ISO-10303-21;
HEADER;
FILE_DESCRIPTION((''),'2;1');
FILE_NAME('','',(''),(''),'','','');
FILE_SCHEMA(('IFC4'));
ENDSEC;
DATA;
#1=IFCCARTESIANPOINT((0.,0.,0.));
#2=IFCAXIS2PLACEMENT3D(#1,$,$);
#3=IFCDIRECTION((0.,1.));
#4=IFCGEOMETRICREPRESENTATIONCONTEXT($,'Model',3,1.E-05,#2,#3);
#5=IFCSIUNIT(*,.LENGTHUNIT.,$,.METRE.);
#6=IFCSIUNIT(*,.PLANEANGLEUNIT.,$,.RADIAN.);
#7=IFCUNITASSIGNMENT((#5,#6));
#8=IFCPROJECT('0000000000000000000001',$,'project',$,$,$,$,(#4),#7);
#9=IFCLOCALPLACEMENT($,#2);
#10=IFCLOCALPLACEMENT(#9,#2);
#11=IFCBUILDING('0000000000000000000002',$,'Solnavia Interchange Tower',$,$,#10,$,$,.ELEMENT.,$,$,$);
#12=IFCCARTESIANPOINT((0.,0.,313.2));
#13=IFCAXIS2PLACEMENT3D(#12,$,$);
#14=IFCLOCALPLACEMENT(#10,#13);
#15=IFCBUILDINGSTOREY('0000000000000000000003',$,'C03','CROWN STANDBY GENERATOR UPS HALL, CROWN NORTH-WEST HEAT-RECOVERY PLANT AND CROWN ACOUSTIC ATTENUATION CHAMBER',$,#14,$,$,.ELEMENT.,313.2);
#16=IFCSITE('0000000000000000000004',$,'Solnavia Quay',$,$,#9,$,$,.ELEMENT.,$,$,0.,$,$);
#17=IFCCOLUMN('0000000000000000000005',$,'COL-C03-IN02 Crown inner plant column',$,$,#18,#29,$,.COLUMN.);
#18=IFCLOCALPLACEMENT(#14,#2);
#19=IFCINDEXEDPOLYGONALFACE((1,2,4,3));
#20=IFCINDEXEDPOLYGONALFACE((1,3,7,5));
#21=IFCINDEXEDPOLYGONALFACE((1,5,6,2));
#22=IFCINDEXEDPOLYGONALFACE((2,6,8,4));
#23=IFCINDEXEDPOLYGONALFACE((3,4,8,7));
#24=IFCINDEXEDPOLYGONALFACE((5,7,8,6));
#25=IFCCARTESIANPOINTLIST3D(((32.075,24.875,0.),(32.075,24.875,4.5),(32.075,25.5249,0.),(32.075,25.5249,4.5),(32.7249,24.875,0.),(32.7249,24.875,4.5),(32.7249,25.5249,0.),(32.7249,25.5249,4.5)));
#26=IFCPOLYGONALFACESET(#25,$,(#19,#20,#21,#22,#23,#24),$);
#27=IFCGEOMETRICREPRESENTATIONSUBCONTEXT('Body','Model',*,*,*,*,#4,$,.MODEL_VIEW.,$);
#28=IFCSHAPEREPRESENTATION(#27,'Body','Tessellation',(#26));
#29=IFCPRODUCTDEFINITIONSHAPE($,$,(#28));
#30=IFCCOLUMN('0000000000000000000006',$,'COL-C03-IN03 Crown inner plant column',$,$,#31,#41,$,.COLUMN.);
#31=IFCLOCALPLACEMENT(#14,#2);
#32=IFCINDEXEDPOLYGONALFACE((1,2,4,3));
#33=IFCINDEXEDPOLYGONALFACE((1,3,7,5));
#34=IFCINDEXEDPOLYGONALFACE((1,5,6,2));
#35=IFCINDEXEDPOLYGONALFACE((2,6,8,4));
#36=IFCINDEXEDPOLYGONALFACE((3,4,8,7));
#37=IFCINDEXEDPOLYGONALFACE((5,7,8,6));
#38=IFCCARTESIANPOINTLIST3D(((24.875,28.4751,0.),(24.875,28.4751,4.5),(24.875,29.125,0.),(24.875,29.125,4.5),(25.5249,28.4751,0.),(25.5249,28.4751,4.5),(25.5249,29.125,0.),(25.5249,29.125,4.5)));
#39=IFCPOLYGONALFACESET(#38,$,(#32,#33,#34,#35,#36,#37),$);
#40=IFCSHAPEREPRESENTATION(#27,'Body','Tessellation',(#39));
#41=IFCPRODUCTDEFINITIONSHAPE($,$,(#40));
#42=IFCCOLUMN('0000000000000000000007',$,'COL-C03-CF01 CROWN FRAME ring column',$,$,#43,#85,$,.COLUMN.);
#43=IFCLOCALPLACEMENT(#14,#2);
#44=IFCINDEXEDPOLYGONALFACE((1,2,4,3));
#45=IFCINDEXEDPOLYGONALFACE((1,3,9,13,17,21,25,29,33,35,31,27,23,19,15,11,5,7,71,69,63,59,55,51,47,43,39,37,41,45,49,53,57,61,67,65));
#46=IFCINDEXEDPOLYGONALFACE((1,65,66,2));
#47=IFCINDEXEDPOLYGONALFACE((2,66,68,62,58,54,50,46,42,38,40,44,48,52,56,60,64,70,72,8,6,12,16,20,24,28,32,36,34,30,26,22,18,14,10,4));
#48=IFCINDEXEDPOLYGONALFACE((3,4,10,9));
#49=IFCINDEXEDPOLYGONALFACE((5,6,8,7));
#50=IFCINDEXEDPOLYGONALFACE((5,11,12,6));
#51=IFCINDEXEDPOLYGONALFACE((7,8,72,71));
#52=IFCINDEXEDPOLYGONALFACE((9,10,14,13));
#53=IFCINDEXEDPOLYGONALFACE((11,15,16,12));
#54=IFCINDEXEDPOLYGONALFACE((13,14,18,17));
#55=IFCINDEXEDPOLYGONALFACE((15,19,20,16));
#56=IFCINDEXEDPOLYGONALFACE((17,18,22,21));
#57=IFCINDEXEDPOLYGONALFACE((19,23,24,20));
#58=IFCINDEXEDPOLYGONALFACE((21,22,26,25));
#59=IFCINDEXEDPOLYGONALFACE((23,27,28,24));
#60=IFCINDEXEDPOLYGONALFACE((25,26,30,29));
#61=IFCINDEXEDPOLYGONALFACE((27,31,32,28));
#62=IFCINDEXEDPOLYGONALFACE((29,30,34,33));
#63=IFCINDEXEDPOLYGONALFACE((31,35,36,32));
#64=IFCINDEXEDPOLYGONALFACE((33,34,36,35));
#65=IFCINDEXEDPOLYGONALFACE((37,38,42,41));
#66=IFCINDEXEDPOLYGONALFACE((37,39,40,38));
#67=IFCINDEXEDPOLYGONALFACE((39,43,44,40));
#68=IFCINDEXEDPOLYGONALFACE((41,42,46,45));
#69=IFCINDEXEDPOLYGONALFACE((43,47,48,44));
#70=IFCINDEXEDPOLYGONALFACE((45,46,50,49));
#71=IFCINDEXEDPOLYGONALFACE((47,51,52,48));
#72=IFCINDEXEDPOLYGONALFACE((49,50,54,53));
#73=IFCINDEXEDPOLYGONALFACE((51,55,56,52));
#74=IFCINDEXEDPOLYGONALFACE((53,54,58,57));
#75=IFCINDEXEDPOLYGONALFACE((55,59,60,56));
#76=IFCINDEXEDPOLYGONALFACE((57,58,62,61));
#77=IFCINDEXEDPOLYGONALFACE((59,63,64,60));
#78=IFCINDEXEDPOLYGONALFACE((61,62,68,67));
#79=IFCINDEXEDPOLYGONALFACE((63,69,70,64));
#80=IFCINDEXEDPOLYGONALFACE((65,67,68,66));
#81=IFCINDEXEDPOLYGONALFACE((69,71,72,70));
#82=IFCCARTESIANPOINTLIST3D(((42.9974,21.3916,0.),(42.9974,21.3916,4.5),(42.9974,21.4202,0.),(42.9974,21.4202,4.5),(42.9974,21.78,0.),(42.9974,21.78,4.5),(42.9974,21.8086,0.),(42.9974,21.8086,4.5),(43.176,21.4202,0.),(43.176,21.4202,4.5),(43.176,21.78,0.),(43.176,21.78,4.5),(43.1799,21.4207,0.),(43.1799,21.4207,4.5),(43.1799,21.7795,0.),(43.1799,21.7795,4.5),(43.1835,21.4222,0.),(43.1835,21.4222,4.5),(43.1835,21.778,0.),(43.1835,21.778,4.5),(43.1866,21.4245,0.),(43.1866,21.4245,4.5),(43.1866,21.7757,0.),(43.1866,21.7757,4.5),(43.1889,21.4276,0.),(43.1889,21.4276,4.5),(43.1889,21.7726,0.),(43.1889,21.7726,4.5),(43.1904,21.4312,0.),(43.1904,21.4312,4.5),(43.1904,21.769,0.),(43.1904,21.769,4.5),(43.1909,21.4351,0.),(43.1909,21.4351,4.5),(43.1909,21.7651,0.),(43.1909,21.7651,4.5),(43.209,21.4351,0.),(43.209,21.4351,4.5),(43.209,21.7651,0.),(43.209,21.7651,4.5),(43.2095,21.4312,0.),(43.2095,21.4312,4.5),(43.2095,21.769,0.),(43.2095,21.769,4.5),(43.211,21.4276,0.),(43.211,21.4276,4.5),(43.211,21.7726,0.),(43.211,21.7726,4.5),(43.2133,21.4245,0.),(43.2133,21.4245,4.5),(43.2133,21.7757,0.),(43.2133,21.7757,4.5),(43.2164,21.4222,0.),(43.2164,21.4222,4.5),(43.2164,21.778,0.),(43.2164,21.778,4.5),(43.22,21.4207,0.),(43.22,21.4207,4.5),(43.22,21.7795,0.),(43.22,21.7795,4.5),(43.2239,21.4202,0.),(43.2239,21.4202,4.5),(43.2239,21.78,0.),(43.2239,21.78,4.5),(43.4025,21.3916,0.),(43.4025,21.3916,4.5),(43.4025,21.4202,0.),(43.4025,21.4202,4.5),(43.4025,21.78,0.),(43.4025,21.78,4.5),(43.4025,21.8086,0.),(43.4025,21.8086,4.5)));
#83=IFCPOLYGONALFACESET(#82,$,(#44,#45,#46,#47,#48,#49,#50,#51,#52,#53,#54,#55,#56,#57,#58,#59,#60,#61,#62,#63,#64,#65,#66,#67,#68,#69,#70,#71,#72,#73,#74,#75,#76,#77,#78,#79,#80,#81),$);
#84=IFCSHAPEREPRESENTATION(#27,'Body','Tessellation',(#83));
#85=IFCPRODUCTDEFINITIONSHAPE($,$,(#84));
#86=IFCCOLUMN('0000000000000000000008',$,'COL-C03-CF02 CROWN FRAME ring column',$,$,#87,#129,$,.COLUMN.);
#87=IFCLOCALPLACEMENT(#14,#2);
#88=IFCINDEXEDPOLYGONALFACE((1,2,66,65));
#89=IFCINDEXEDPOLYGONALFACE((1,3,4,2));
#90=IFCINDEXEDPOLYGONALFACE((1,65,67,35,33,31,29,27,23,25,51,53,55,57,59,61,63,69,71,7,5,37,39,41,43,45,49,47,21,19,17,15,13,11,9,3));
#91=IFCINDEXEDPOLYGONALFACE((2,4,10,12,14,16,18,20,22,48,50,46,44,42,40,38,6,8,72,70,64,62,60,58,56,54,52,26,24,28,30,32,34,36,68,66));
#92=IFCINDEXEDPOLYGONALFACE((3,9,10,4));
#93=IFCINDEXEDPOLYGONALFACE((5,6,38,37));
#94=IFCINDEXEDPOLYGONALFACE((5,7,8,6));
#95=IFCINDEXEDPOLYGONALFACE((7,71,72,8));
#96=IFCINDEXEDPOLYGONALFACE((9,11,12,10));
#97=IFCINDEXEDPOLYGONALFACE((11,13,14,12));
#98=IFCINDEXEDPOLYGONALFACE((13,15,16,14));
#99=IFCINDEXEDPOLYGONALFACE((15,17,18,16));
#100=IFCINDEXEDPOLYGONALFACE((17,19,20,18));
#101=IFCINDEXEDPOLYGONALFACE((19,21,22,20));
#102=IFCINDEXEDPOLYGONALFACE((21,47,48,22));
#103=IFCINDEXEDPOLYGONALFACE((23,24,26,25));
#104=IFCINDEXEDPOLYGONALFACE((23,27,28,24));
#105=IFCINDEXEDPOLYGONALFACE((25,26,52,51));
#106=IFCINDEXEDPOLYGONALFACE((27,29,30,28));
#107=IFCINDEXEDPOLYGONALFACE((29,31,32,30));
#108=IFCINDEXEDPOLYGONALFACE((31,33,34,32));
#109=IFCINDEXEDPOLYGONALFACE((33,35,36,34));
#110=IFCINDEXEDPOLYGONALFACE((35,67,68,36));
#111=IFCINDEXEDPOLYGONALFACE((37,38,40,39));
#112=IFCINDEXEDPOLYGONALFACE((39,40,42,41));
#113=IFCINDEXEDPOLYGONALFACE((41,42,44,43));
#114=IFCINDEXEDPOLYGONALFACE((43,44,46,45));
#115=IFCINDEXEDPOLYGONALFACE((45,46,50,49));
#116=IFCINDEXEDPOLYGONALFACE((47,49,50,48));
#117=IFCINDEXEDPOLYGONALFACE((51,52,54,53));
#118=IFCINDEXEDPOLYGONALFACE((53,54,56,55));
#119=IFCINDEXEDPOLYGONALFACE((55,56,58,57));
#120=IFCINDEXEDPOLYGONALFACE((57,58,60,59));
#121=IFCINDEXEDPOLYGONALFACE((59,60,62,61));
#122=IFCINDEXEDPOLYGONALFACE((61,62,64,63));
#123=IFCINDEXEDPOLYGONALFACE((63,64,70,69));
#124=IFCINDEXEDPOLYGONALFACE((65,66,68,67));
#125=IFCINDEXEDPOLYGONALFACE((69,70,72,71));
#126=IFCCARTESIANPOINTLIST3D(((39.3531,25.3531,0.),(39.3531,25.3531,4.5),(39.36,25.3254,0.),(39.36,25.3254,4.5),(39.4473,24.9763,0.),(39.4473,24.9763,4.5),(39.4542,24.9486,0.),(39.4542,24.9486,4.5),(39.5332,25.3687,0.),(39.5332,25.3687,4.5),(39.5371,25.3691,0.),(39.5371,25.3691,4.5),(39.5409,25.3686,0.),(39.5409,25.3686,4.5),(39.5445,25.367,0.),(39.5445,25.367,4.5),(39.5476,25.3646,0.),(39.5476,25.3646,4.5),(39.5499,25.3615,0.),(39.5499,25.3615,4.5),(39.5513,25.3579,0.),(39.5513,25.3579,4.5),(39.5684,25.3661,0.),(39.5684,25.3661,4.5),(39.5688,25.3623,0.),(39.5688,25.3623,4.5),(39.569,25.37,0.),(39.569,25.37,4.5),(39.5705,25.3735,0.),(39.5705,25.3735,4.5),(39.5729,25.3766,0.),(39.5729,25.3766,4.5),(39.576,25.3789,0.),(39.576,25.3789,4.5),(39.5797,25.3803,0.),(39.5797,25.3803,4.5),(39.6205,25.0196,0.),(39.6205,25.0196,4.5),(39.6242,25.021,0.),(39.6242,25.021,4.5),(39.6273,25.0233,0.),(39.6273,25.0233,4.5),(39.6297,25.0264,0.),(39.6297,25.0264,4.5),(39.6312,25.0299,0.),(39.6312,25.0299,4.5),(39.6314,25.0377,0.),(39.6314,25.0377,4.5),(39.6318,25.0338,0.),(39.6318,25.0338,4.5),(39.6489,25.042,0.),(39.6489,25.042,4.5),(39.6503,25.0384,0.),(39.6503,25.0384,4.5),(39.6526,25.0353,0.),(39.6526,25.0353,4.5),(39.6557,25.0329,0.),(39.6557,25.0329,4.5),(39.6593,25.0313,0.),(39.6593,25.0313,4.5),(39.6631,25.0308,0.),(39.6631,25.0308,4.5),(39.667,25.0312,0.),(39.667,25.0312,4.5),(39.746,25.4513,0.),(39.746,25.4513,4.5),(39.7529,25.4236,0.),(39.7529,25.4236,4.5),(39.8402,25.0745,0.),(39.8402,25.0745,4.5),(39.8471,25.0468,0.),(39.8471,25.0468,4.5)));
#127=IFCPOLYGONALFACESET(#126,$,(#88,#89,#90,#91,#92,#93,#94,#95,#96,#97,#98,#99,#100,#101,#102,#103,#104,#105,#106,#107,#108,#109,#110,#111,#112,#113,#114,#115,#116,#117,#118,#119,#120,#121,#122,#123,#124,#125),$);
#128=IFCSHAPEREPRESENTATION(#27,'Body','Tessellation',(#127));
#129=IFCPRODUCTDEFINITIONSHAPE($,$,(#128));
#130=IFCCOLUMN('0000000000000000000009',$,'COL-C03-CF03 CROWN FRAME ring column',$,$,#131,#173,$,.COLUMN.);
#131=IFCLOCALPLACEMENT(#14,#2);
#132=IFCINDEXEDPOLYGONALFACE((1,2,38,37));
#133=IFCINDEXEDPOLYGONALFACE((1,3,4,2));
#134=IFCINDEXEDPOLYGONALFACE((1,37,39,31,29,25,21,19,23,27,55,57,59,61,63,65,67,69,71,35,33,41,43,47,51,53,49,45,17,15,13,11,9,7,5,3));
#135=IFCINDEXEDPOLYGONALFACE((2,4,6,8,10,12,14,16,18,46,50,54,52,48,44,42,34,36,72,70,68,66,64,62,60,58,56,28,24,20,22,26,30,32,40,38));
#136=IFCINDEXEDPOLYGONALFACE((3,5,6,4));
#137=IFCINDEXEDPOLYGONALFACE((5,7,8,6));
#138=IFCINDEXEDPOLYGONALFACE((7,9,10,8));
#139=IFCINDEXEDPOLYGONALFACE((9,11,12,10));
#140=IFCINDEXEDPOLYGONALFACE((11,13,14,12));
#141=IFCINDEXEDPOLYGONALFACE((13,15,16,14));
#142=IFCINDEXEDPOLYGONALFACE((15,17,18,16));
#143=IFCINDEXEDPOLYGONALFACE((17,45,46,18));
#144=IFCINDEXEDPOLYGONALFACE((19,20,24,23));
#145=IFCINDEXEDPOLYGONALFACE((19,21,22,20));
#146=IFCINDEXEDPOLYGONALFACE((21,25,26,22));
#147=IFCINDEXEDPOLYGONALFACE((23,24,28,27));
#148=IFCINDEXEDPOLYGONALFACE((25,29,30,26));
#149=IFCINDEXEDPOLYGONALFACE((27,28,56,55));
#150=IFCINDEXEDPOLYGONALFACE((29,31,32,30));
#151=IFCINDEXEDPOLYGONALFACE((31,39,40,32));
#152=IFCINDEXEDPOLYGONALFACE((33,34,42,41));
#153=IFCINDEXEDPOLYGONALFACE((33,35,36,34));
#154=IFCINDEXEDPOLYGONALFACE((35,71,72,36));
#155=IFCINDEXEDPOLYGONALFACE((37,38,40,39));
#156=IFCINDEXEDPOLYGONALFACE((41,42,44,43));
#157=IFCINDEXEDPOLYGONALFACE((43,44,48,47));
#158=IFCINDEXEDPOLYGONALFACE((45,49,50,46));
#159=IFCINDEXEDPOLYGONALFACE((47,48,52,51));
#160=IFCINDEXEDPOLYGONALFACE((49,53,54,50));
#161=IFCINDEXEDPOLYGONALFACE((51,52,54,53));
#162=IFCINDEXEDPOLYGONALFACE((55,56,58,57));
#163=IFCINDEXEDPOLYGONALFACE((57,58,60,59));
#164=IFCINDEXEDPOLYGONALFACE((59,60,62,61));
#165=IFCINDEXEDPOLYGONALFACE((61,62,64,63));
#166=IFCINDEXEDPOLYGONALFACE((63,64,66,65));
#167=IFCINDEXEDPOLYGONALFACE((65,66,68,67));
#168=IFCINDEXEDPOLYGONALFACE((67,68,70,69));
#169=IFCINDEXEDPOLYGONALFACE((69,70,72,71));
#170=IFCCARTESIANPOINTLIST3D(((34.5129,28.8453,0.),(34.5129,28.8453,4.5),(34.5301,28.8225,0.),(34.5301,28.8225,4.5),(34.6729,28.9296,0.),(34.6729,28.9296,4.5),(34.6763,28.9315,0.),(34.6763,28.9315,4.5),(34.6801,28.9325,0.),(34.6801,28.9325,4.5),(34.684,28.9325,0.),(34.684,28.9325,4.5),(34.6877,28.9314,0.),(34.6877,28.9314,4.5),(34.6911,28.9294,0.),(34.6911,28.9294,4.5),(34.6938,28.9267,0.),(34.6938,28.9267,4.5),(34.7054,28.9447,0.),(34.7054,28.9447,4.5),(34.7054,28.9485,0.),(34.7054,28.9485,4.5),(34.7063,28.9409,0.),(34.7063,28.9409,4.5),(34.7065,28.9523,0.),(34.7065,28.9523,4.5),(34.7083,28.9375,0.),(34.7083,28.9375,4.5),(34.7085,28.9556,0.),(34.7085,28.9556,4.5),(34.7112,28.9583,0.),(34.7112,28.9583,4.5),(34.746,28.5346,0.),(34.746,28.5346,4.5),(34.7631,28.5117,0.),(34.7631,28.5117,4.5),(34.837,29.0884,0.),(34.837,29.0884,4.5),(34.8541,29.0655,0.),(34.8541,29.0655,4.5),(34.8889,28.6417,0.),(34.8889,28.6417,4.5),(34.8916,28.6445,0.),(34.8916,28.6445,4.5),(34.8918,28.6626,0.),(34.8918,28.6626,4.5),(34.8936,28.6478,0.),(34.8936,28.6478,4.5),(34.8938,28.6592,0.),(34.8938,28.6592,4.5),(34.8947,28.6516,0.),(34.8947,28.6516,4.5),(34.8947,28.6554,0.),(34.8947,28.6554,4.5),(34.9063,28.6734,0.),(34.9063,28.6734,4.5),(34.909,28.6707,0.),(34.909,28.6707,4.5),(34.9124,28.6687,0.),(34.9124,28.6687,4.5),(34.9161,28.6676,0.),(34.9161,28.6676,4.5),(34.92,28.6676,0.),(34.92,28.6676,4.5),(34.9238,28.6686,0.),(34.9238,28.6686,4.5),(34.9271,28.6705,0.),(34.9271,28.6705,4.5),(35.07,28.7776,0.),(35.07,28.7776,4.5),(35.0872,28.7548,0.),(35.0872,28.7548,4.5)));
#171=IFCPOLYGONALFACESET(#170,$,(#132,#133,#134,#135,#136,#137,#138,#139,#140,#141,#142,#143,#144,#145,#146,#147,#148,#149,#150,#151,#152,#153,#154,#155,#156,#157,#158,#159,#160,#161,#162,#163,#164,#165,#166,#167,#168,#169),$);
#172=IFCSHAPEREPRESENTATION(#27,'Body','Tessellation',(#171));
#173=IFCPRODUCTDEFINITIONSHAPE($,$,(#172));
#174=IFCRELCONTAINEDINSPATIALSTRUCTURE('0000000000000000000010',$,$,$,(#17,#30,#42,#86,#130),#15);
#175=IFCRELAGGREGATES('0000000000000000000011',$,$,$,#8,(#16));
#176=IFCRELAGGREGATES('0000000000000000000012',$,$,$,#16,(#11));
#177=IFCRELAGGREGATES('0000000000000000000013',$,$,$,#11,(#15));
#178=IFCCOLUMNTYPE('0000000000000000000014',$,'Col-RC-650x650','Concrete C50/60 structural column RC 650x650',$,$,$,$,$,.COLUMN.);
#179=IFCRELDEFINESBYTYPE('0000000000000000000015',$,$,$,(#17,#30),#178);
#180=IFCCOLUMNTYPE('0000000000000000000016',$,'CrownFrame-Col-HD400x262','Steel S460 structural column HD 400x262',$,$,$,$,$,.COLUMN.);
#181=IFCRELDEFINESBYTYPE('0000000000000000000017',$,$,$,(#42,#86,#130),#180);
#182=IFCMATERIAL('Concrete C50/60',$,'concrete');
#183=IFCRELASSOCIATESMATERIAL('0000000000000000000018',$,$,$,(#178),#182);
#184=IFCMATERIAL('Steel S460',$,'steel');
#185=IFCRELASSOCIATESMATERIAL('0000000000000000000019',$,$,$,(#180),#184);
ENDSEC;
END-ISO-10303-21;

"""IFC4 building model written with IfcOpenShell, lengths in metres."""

from ifc_helpers import new_model, si_unit, direction, frame, origin, origin_2d, place, context, subcontext, project, spatial, rectangle, i_section, extrude, material, material_profile, profile_set, type_object, element, save


model = new_model("IFC4")

# Units and contexts
model_context = context("Model", 3, precision=1e-05, world=origin(), true_north=direction((0.0, 1.0)))
body_context = subcontext(model_context, "Body", "Model", "MODEL_VIEW")
ifc_project = project(units=[si_unit("LENGTHUNIT", "METRE"), si_unit("PLANEANGLEUNIT", "RADIAN")], contexts=[model_context])

# Site, building, storey
site_placement = place(None, origin())
site = spatial("IfcSite", under=ifc_project, at=site_placement, Name="Solnavia Quay", CompositionType="ELEMENT", RefElevation=0.0)
building_placement = place(site_placement, origin())
building = spatial("IfcBuilding", under=site, at=building_placement, Name="Solnavia Interchange Tower", CompositionType="ELEMENT")
storey_placement = place(building_placement, frame((0.0, 0.0, 313.2)))
storey = spatial("IfcBuildingStorey", under=building, at=storey_placement, Name="C03", Description="CROWN STANDBY GENERATOR UPS HALL, CROWN NORTH-WEST HEAT-RECOVERY PLANT AND CROWN ACOUSTIC ATTENUATION CHAMBER", CompositionType="ELEMENT", Elevation=313.2)

# Columns
ifc_material_1 = material(Name="Concrete C50/60", Category="concrete")
ifc_material_profile_1 = material_profile(ifc_material_1, rectangle(XDim=0.6499, YDim=0.6499, at=origin_2d()), Name="RC 650x650")
ifc_profile_set_1 = profile_set([ifc_material_profile_1], Name="Concrete C50/60")
column_type_1 = type_object("IfcColumnType", Name="Col-RC-650x650", Description="Concrete C50/60 structural column RC 650x650", PredefinedType="COLUMN", material=ifc_profile_set_1)
for number, where, z_axis, x_axis, name in (
    (1, (32.3999, 25.2, 0.0), (0.0, 0.0, 1.0), (1.0, 0.0, 0.0), "COL-C03-IN02 Crown inner plant column"),
    (2, (25.2, 28.8, 0.0), (0.0, 0.0, 1.0), (1.0, 0.0, 0.0), "COL-C03-IN03 Crown inner plant column"),
):
    element("IfcColumn", number, at=place(storey_placement, frame(where, z_axis=z_axis, x_axis=x_axis)), inside=storey, type_object=column_type_1, Name=name, PredefinedType="COLUMN", context=body_context, shape_type="SweptSolid", body=[
        extrude(rectangle(XDim=0.6499, YDim=0.6499, at=origin_2d()), origin(), (0.0, 0.0, 1.0), 4.5),
    ])
ifc_material_2 = material(Name="Steel S460", Category="steel")
ifc_material_profile_2 = material_profile(ifc_material_2, i_section(OverallWidth=0.405, OverallDepth=0.417, WebThickness=0.0181, FlangeThickness=0.0286, FilletRadius=0.0149, at=origin_2d()), Name="HD 400x262")
ifc_profile_set_2 = profile_set([ifc_material_profile_2], Name="Steel S460")
column_type_2 = type_object("IfcColumnType", Name="CrownFrame-Col-HD400x262", Description="Steel S460 structural column HD 400x262", PredefinedType="COLUMN", material=ifc_profile_set_2)
for number, where, z_axis, x_axis, name in (
    (3, (43.2, 21.6001, 0.0), (0.0, 0.0, 1.0), (1.0, 0.0, 0.0), "COL-C03-CF01 CROWN FRAME ring column"),
    (4, (39.6001, 25.2, 0.0), (0.0, 0.0, 1.0), (0.970127, 0.242599, 0.0), "COL-C03-CF02 CROWN FRAME ring column"),
    (5, (34.8, 28.8, 0.0), (0.0, 0.0, 1.0), (0.799999, 0.600001, 0.0), "COL-C03-CF03 CROWN FRAME ring column"),
):
    element("IfcColumn", number, at=place(storey_placement, frame(where, z_axis=z_axis, x_axis=x_axis)), inside=storey, type_object=column_type_2, Name=name, PredefinedType="COLUMN", context=body_context, shape_type="SweptSolid", body=[
        extrude(i_section(OverallWidth=0.405, OverallDepth=0.417, WebThickness=0.0181, FlangeThickness=0.0286, FilletRadius=0.0149, at=origin_2d()), origin(), (0.0, 0.0, 1.0), 4.5),
    ])

save(model, "model.ifc")
